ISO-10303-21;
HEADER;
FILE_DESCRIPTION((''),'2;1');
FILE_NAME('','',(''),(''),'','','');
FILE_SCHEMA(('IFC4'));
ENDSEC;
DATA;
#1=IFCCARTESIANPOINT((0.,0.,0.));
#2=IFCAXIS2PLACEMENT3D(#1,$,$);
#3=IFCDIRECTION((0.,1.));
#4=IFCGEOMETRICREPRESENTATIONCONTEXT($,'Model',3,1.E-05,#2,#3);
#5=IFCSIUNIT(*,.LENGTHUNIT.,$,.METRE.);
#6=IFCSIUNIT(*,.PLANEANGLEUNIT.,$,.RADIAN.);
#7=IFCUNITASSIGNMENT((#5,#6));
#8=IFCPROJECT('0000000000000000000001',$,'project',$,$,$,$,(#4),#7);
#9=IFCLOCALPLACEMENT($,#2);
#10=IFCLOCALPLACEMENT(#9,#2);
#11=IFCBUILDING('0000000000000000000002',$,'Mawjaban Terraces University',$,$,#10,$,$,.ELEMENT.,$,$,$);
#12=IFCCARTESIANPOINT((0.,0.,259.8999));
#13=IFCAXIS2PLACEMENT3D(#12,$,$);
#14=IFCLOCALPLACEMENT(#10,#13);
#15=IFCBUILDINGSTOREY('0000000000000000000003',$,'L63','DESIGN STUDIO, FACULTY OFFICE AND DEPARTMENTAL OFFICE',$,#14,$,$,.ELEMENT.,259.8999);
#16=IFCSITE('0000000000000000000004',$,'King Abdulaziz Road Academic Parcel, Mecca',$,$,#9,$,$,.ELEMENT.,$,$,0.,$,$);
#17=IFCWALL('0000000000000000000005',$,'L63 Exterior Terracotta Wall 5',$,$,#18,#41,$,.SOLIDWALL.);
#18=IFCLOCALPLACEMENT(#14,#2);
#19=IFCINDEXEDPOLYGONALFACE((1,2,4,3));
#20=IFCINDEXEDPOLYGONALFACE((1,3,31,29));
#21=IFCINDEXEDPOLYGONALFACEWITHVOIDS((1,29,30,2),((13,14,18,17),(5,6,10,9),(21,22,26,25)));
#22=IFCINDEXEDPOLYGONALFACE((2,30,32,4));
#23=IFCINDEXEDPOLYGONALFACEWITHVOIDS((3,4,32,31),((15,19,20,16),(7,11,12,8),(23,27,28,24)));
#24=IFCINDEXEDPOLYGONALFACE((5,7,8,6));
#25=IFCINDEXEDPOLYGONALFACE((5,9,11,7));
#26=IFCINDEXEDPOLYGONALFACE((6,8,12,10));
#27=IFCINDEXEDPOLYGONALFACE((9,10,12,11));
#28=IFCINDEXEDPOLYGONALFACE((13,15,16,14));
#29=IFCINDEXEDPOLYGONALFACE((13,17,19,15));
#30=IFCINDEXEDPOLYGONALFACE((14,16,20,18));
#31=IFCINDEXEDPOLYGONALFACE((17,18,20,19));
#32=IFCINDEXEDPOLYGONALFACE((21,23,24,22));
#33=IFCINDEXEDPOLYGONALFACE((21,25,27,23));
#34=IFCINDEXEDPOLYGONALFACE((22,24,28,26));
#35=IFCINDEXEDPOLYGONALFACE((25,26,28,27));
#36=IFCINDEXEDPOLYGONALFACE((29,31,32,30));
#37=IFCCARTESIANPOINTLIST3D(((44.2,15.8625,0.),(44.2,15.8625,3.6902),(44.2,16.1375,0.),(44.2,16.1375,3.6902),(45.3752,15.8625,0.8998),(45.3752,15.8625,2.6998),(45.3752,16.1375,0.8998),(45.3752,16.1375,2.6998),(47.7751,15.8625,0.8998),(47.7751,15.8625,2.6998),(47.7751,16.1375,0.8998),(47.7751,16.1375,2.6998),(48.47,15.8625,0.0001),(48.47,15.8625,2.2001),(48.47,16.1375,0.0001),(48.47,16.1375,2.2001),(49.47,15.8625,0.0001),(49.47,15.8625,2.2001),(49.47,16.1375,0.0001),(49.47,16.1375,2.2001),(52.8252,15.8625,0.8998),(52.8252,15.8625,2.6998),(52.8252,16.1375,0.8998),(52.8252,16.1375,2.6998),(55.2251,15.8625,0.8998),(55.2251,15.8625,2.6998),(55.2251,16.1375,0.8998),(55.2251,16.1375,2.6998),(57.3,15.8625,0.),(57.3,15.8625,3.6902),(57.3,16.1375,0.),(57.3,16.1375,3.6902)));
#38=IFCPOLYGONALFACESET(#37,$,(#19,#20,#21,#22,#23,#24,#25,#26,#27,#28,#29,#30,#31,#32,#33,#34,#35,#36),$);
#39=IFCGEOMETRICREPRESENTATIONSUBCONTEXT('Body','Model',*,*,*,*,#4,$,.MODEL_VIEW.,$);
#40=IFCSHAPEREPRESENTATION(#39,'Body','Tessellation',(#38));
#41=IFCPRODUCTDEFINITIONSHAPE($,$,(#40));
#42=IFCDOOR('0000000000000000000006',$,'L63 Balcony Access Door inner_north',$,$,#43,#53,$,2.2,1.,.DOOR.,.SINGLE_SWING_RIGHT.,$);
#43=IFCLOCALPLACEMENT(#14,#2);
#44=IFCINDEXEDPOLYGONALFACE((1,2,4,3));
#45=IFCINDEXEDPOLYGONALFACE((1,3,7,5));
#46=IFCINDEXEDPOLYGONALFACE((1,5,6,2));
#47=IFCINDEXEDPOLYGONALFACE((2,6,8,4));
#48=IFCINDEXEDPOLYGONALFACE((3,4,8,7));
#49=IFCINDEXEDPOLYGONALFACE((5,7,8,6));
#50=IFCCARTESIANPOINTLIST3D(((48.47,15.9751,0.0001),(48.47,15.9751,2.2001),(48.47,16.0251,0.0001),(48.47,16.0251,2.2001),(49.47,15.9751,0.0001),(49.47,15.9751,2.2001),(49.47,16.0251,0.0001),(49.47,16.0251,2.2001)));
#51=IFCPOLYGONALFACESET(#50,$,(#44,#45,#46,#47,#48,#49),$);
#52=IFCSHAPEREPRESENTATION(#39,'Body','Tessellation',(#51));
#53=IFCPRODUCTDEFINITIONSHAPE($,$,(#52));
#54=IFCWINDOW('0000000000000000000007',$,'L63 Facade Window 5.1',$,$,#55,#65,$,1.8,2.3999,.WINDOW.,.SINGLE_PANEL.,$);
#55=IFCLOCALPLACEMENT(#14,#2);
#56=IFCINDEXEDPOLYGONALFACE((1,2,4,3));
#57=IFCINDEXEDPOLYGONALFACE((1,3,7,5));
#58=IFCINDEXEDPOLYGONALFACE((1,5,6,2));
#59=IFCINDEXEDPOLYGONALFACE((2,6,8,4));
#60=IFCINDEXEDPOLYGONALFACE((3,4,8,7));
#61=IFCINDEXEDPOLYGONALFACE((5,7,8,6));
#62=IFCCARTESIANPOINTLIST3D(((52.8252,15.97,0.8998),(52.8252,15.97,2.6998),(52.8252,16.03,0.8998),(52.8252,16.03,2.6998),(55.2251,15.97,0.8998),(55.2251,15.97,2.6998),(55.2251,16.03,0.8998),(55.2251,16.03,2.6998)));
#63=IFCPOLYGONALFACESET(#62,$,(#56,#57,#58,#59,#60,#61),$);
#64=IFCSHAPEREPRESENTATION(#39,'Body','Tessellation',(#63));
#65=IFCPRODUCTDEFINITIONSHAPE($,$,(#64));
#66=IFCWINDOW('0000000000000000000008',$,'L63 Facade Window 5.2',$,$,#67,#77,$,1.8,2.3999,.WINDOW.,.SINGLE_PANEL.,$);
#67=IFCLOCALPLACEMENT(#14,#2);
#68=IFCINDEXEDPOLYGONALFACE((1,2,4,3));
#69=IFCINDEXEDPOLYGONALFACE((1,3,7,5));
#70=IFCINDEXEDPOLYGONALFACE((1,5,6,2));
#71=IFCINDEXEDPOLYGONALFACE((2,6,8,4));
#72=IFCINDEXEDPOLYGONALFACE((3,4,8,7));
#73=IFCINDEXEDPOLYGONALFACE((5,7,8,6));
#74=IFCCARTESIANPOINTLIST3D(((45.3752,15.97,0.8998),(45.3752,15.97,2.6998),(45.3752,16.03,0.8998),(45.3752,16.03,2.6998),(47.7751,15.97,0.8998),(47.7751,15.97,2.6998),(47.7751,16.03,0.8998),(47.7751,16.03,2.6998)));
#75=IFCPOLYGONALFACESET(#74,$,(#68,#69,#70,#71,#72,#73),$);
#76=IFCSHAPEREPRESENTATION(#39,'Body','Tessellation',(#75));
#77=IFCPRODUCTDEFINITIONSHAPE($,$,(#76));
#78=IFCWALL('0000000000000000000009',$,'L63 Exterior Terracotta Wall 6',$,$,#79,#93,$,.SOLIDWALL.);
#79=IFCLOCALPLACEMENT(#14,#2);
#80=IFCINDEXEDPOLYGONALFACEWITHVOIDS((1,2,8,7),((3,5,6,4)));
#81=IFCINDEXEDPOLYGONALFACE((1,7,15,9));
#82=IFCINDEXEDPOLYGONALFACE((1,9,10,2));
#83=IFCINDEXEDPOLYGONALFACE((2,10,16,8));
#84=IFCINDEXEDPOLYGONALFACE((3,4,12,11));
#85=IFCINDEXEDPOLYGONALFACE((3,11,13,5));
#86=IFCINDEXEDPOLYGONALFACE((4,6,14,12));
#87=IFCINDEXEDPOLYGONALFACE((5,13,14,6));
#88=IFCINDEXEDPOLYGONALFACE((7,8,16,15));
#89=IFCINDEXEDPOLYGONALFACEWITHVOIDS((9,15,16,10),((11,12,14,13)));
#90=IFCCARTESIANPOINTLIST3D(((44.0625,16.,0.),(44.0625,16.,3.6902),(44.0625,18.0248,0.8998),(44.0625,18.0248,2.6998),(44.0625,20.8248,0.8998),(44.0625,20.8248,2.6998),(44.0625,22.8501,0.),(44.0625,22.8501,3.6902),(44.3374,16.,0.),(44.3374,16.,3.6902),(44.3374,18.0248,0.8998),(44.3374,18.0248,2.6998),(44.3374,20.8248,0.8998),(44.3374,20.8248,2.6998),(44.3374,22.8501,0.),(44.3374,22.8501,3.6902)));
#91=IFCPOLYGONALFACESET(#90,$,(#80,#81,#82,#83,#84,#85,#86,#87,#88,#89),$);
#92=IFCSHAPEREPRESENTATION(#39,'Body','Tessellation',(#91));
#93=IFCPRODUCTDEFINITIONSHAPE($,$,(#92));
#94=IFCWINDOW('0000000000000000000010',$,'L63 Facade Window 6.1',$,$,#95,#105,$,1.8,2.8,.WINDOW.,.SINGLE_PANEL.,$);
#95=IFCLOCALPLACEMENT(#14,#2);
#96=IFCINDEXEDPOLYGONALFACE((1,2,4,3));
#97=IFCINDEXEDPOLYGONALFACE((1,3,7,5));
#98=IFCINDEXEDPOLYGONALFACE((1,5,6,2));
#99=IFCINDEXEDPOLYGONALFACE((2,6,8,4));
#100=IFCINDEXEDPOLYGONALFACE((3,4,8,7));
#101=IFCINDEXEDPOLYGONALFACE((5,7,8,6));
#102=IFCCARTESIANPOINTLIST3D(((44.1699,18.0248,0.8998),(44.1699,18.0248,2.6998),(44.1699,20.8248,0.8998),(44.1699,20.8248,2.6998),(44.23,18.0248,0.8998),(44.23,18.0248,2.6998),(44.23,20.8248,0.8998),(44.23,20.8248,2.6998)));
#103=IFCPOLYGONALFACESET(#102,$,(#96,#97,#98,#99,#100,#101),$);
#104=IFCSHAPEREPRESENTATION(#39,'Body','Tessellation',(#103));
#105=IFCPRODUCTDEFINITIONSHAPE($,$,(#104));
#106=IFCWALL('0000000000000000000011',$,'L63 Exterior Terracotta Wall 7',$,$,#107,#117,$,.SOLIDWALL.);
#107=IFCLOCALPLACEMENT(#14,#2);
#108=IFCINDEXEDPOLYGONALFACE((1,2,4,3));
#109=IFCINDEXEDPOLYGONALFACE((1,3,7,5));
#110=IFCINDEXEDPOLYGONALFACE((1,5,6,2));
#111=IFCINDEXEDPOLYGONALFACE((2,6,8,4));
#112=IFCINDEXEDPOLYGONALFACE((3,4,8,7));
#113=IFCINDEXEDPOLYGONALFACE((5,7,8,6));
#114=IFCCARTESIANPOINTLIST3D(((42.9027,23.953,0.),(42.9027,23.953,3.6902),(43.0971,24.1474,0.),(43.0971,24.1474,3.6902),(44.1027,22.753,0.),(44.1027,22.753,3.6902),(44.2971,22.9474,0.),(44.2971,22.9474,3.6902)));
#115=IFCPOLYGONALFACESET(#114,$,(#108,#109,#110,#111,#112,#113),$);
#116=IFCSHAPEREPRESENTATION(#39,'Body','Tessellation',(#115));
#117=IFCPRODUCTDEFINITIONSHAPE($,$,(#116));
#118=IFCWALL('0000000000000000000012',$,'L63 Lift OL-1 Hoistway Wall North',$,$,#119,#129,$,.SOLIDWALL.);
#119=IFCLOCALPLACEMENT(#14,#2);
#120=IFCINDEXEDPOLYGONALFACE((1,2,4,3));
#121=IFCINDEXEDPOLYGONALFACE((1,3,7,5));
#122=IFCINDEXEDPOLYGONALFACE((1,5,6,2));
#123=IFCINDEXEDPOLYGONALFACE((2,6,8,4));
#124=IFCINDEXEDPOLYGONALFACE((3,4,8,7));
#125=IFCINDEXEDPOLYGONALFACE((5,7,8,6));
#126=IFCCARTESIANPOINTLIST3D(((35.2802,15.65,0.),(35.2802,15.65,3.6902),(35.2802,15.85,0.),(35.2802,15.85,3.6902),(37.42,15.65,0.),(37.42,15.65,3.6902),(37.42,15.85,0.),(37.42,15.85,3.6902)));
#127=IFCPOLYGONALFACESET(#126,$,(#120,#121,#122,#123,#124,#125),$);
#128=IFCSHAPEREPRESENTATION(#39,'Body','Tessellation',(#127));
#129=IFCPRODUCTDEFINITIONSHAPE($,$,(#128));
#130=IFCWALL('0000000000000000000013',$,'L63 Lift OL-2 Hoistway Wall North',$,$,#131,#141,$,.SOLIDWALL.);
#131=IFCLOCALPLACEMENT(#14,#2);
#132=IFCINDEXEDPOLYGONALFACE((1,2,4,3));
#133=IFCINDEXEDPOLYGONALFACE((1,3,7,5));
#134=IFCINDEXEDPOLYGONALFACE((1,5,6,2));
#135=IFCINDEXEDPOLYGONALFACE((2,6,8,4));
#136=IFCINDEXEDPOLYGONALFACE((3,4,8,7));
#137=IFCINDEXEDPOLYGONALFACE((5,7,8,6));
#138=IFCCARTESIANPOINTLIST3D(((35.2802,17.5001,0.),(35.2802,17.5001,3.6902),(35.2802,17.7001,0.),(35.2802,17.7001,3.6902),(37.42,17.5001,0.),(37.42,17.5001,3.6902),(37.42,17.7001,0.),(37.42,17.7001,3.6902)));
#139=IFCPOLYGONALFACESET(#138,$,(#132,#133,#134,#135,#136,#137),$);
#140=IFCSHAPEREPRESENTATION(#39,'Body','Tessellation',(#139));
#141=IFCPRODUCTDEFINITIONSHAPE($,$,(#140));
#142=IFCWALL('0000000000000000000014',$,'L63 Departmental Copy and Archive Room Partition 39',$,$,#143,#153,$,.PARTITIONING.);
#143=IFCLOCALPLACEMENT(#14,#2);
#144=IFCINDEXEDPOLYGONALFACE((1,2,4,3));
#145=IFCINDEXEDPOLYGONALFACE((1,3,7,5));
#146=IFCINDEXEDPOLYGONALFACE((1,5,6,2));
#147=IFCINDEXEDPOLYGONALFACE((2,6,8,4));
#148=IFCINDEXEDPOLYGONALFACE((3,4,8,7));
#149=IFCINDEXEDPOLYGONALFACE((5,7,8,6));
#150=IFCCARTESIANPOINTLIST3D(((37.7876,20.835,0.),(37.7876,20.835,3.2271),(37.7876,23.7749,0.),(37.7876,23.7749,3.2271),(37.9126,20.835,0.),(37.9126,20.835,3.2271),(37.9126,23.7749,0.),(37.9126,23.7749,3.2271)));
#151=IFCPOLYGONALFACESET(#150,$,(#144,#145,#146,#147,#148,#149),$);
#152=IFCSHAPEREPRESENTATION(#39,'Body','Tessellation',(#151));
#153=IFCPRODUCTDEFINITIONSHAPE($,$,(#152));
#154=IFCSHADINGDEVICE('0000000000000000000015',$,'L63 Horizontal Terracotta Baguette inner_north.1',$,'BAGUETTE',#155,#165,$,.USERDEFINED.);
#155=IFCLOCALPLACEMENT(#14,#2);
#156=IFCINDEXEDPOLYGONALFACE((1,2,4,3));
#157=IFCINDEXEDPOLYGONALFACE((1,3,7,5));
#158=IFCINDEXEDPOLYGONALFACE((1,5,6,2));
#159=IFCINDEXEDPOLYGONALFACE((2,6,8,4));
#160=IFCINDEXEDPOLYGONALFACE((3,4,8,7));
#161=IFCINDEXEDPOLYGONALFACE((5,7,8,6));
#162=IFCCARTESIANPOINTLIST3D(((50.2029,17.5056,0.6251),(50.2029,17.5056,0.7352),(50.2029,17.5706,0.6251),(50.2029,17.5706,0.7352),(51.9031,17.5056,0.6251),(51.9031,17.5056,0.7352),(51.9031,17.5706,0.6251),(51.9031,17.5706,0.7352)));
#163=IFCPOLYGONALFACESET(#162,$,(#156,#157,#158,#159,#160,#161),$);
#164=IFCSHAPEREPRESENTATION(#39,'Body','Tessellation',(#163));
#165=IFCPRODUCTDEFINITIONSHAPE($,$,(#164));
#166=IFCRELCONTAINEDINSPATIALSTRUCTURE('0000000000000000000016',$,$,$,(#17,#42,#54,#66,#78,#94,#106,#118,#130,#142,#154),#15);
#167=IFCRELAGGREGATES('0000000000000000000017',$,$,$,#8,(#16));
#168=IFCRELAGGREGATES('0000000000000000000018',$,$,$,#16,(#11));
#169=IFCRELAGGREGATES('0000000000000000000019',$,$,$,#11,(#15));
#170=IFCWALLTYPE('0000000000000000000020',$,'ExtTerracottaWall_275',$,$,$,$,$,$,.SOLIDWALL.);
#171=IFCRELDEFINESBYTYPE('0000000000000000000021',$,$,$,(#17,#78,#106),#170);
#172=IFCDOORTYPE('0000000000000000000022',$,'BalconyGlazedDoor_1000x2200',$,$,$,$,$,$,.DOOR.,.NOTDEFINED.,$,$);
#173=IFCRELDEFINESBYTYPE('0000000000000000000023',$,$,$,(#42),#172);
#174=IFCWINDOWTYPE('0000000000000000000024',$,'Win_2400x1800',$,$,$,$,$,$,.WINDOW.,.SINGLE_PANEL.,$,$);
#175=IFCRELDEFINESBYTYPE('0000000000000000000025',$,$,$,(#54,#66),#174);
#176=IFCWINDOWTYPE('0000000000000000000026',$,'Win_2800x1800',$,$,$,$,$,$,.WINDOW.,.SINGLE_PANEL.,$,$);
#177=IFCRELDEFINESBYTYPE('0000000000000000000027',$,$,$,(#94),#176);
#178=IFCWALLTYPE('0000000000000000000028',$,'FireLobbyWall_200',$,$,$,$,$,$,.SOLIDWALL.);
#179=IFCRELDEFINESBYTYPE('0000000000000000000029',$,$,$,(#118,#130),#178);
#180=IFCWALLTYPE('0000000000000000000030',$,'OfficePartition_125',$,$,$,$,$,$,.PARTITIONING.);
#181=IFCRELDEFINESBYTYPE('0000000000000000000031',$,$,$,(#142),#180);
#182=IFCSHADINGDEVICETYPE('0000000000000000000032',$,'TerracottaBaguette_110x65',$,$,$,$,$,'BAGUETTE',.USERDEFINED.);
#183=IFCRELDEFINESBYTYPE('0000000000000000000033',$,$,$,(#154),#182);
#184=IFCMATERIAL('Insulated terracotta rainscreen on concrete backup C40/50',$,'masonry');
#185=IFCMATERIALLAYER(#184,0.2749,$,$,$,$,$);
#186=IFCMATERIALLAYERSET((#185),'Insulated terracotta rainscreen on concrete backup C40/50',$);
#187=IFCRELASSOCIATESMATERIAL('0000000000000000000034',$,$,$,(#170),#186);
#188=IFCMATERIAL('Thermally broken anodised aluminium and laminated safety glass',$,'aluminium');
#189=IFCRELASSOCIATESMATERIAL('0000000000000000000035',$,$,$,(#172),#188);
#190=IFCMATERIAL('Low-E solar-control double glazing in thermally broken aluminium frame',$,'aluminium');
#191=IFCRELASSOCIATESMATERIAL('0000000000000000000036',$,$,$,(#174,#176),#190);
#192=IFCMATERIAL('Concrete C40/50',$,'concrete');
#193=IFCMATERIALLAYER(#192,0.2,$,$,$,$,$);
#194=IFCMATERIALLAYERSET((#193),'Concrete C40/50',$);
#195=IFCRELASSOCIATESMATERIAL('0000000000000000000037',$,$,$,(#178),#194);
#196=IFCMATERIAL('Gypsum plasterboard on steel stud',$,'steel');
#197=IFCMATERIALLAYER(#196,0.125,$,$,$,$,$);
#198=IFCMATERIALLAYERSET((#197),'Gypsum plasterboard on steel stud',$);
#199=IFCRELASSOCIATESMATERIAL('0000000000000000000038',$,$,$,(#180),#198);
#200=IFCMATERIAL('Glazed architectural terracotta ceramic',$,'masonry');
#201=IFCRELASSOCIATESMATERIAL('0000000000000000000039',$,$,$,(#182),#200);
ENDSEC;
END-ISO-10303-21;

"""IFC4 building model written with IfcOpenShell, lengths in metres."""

from ifc_helpers import new_model, si_unit, direction, frame, frame_2d, origin, origin_2d, place, context, subcontext, project, spatial, rectangle, extrude, material, layer, layer_set, material_profile, profile_set, type_object, element, fill, save


model = new_model("IFC4")

# Units and contexts
model_context = context("Model", 3, precision=1e-05, world=origin(), true_north=direction((0.0, 1.0)))
body_context = subcontext(model_context, "Body", "Model", "MODEL_VIEW")
ifc_project = project(units=[si_unit("LENGTHUNIT", "METRE"), si_unit("PLANEANGLEUNIT", "RADIAN")], contexts=[model_context])

# Site, building, storey
site_placement = place(None, origin())
site = spatial("IfcSite", under=ifc_project, at=site_placement, Name="King Abdulaziz Road Academic Parcel, Mecca", CompositionType="ELEMENT", RefElevation=0.0)
building_placement = place(site_placement, origin())
building = spatial("IfcBuilding", under=site, at=building_placement, Name="Mawjaban Terraces University", CompositionType="ELEMENT")
storey_placement = place(building_placement, frame((0.0, 0.0, 259.8999)))
storey = spatial("IfcBuildingStorey", under=building, at=storey_placement, Name="L63", Description="DESIGN STUDIO, FACULTY OFFICE AND DEPARTMENTAL OFFICE", CompositionType="ELEMENT", Elevation=259.8999)

# Wall, openings, door, windows
ifc_material_1 = material(Name="Insulated terracotta rainscreen on concrete backup C40/50", Category="masonry")
ifc_layer_1 = layer(ifc_material_1, 0.2749)
ifc_layer_set_1 = layer_set([ifc_layer_1], Name="Insulated terracotta rainscreen on concrete backup C40/50")
wall_type_1 = type_object("IfcWallType", Name="ExtTerracottaWall_275", PredefinedType="SOLIDWALL", material=ifc_layer_set_1)
wall_1_placement = place(storey_placement, frame((57.3, 16.0, 0.0), z_axis=(0.0, 0.0, 1.0), x_axis=(-1.0, 0.0, 0.0)))
wall_1 = element("IfcWall", 1, at=wall_1_placement, inside=storey, type_object=wall_type_1, Name="L63 Exterior Terracotta Wall 5", PredefinedType="SOLIDWALL", context=body_context, shape_type="SweptSolid", body=[
    extrude(rectangle(XDim=13.1001, YDim=0.2749, at=frame_2d((6.55, 0.0))), origin(), (0.0, 0.0, 1.0), 3.6902),
])
opening_1_placement = place(wall_1_placement, frame((7.8301, 0.0, 0.0)))
opening_1 = element("IfcOpeningElement", 2, at=opening_1_placement, cuts=wall_1, PredefinedType="OPENING", context=body_context, shape_type="SweptSolid", body=[
    extrude(rectangle(XDim=1.0, YDim=2.2, at=frame_2d((0.5, 1.1001))), frame((0.0, 0.1475, 0.0), z_axis=(0.0, -1.0, 0.0), x_axis=(1.0, 0.0, 0.0)), (0.0, 0.0, 1.0), 0.2949),
])
opening_2_placement = place(wall_1_placement, frame((2.075, 0.0, 0.8999)))
opening_2 = element("IfcOpeningElement", 3, at=opening_2_placement, cuts=wall_1, PredefinedType="OPENING", context=body_context, shape_type="SweptSolid", body=[
    extrude(rectangle(XDim=2.3999, YDim=1.8, at=frame_2d((1.2, 0.8999))), frame((0.0, 0.1475, 0.0), z_axis=(0.0, -1.0, 0.0), x_axis=(1.0, 0.0, 0.0)), (0.0, 0.0, 1.0), 0.2949),
])
opening_3_placement = place(wall_1_placement, frame((9.5249, 0.0, 0.8999)))
opening_3 = element("IfcOpeningElement", 4, at=opening_3_placement, cuts=wall_1, PredefinedType="OPENING", context=body_context, shape_type="SweptSolid", body=[
    extrude(rectangle(XDim=2.3999, YDim=1.8, at=frame_2d((1.2, 0.8999))), frame((0.0, 0.1475, 0.0), z_axis=(0.0, -1.0, 0.0), x_axis=(1.0, 0.0, 0.0)), (0.0, 0.0, 1.0), 0.2949),
])
ifc_material_2 = material(Name="Thermally broken anodised aluminium and laminated safety glass", Category="aluminium")
door_type_1 = type_object("IfcDoorType", Name="BalconyGlazedDoor_1000x2200", OperationType="NOTDEFINED", PredefinedType="DOOR", material=ifc_material_2)
door_1_placement = place(opening_1_placement, origin())
door_1 = element("IfcDoor", 5, at=door_1_placement, inside=storey, type_object=door_type_1, Name="L63 Balcony Access Door inner_north", OperationType="SINGLE_SWING_RIGHT", OverallHeight=2.2, OverallWidth=1.0, PredefinedType="DOOR", context=body_context, shape_type="SweptSolid", body=[
    extrude(rectangle(XDim=1.0, YDim=2.2, at=frame_2d((0.5, 1.1001))), frame((0.0, 0.0249, 0.0), z_axis=(0.0, -1.0, 0.0), x_axis=(1.0, 0.0, 0.0)), (0.0, 0.0, 1.0), 0.05),
])
fill(opening_1, door_1)
ifc_material_3 = material(Name="Low-E solar-control double glazing in thermally broken aluminium frame", Category="aluminium")
window_type_1 = type_object("IfcWindowType", Name="Win_2400x1800", PartitioningType="SINGLE_PANEL", PredefinedType="WINDOW", material=ifc_material_3)
window_1_placement = place(opening_2_placement, origin())
window_1 = element("IfcWindow", 6, at=window_1_placement, inside=storey, type_object=window_type_1, Name="L63 Facade Window 5.1", OverallHeight=1.8, OverallWidth=2.3999, PartitioningType="SINGLE_PANEL", PredefinedType="WINDOW", context=body_context, shape_type="SweptSolid", body=[
    extrude(rectangle(XDim=2.3999, YDim=1.8, at=frame_2d((1.2, 0.8999))), frame((0.0, 0.03, 0.0), z_axis=(0.0, -1.0, 0.0), x_axis=(1.0, 0.0, 0.0)), (0.0, 0.0, 1.0), 0.0601),
])
fill(opening_2, window_1)
window_2_placement = place(opening_3_placement, origin())
window_2 = element("IfcWindow", 7, at=window_2_placement, inside=storey, type_object=window_type_1, Name="L63 Facade Window 5.2", OverallHeight=1.8, OverallWidth=2.3999, PartitioningType="SINGLE_PANEL", PredefinedType="WINDOW", context=body_context, shape_type="SweptSolid", body=[
    extrude(rectangle(XDim=2.3999, YDim=1.8, at=frame_2d((1.2, 0.8999))), frame((0.0, 0.03, 0.0), z_axis=(0.0, -1.0, 0.0), x_axis=(1.0, 0.0, 0.0)), (0.0, 0.0, 1.0), 0.0601),
])
fill(opening_3, window_2)

# Wall, opening, window
wall_2_placement = place(storey_placement, frame((44.2, 16.0, 0.0), z_axis=(0.0, 0.0, 1.0), x_axis=(0.0, 1.0, 0.0)))
wall_2 = element("IfcWall", 8, at=wall_2_placement, inside=storey, type_object=wall_type_1, Name="L63 Exterior Terracotta Wall 6", PredefinedType="SOLIDWALL", context=body_context, shape_type="SweptSolid", body=[
    extrude(rectangle(XDim=6.8501, YDim=0.2749, at=frame_2d((3.425, 0.0))), origin(), (0.0, 0.0, 1.0), 3.6902),
])
opening_4_placement = place(wall_2_placement, frame((2.0249, 0.0, 0.8999)))
opening_4 = element("IfcOpeningElement", 9, at=opening_4_placement, cuts=wall_2, PredefinedType="OPENING", context=body_context, shape_type="SweptSolid", body=[
    extrude(rectangle(XDim=2.8, YDim=1.8, at=frame_2d((1.3999, 0.8999))), frame((0.0, 0.1475, 0.0), z_axis=(0.0, -1.0, 0.0), x_axis=(1.0, 0.0, 0.0)), (0.0, 0.0, 1.0), 0.2949),
])
window_type_2 = type_object("IfcWindowType", Name="Win_2800x1800", PartitioningType="SINGLE_PANEL", PredefinedType="WINDOW", material=ifc_material_3)
window_3_placement = place(opening_4_placement, origin())
window_3 = element("IfcWindow", 10, at=window_3_placement, inside=storey, type_object=window_type_2, Name="L63 Facade Window 6.1", OverallHeight=1.8, OverallWidth=2.8, PartitioningType="SINGLE_PANEL", PredefinedType="WINDOW", context=body_context, shape_type="SweptSolid", body=[
    extrude(rectangle(XDim=2.8, YDim=1.8, at=frame_2d((1.3999, 0.8999))), frame((0.0, 0.03, 0.0), z_axis=(0.0, -1.0, 0.0), x_axis=(1.0, 0.0, 0.0)), (0.0, 0.0, 1.0), 0.0601),
])
fill(opening_4, window_3)

# Walls
wall_3_placement = place(storey_placement, frame((44.2, 22.8501, 0.0), z_axis=(0.0, 0.0, 1.0), x_axis=(-0.707107, 0.707107, 0.0)))
element("IfcWall", 11, at=wall_3_placement, inside=storey, type_object=wall_type_1, Name="L63 Exterior Terracotta Wall 7", PredefinedType="SOLIDWALL", context=body_context, shape_type="SweptSolid", body=[
    extrude(rectangle(XDim=1.697, YDim=0.2749, at=frame_2d((0.8486, 0.0))), origin(), (0.0, 0.0, 1.0), 3.6902),
])
ifc_material_4 = material(Name="Concrete C40/50", Category="concrete")
ifc_layer_2 = layer(ifc_material_4, 0.2)
ifc_layer_set_2 = layer_set([ifc_layer_2], Name="Concrete C40/50")
wall_type_2 = type_object("IfcWallType", Name="FireLobbyWall_200", PredefinedType="SOLIDWALL", material=ifc_layer_set_2)
for number, where, z_axis, x_axis, name in (
    (12, (37.4199, 15.75, 0.0), (0.0, 0.0, 1.0), (-1.0, 0.0, 0.0), "L63 Lift OL-1 Hoistway Wall North"),
    (13, (37.4199, 17.6001, 0.0), (0.0, 0.0, 1.0), (-1.0, 0.0, 0.0), "L63 Lift OL-2 Hoistway Wall North"),
):
    element("IfcWall", number, at=place(storey_placement, frame(where, z_axis=z_axis, x_axis=x_axis)), inside=storey, type_object=wall_type_2, Name=name, PredefinedType="SOLIDWALL", context=body_context, shape_type="SweptSolid", body=[
        extrude(rectangle(XDim=2.1399, YDim=0.2, at=frame_2d((1.0698, 0.0))), origin(), (0.0, 0.0, 1.0), 3.6902),
    ])
ifc_material_5 = material(Name="Gypsum plasterboard on steel stud", Category="steel")
ifc_layer_3 = layer(ifc_material_5, 0.125)
ifc_layer_set_3 = layer_set([ifc_layer_3], Name="Gypsum plasterboard on steel stud")
wall_type_3 = type_object("IfcWallType", Name="OfficePartition_125", PredefinedType="PARTITIONING", material=ifc_layer_set_3)
wall_4_placement = place(storey_placement, frame((37.8501, 20.835, 0.0), z_axis=(0.0, 0.0, 1.0), x_axis=(0.0, 1.0, 0.0)))
element("IfcWall", 14, at=wall_4_placement, inside=storey, type_object=wall_type_3, Name="L63 Departmental Copy and Archive Room Partition 39", PredefinedType="PARTITIONING", context=body_context, shape_type="SweptSolid", body=[
    extrude(rectangle(XDim=2.9399, YDim=0.125, at=frame_2d((1.47, 0.0))), origin(), (0.0, 0.0, 1.0), 3.2271),
])

# Shading device
ifc_material_6 = material(Name="Glazed architectural terracotta ceramic", Category="masonry")
ifc_material_profile_1 = material_profile(ifc_material_6, rectangle(XDim=0.0649, YDim=0.1101, at=origin_2d()), Name="TBAG110X65")
ifc_profile_set_1 = profile_set([ifc_material_profile_1], Name="Glazed architectural terracotta ceramic")
shading_device_type_1 = type_object("IfcShadingDeviceType", Name="TerracottaBaguette_110x65", ElementType="BAGUETTE", PredefinedType="USERDEFINED", material=ifc_profile_set_1)
for number, where, z_axis, x_axis, name in (
    (15, (50.2029, 17.5381, 0.6802), (1.0, 0.0, 0.0), (0.0, 1.0, 0.0), "L63 Horizontal Terracotta Baguette inner_north.1"),
):
    element("IfcShadingDevice", number, at=place(storey_placement, frame(where, z_axis=z_axis, x_axis=x_axis)), inside=storey, type_object=shading_device_type_1, Name=name, ObjectType="BAGUETTE", PredefinedType="USERDEFINED", context=body_context, shape_type="SweptSolid", body=[
        extrude(rectangle(XDim=0.0649, YDim=0.1101, at=origin_2d()), origin(), (0.0, 0.0, 1.0), 1.7002),
    ])

save(model, "model.ifc")
